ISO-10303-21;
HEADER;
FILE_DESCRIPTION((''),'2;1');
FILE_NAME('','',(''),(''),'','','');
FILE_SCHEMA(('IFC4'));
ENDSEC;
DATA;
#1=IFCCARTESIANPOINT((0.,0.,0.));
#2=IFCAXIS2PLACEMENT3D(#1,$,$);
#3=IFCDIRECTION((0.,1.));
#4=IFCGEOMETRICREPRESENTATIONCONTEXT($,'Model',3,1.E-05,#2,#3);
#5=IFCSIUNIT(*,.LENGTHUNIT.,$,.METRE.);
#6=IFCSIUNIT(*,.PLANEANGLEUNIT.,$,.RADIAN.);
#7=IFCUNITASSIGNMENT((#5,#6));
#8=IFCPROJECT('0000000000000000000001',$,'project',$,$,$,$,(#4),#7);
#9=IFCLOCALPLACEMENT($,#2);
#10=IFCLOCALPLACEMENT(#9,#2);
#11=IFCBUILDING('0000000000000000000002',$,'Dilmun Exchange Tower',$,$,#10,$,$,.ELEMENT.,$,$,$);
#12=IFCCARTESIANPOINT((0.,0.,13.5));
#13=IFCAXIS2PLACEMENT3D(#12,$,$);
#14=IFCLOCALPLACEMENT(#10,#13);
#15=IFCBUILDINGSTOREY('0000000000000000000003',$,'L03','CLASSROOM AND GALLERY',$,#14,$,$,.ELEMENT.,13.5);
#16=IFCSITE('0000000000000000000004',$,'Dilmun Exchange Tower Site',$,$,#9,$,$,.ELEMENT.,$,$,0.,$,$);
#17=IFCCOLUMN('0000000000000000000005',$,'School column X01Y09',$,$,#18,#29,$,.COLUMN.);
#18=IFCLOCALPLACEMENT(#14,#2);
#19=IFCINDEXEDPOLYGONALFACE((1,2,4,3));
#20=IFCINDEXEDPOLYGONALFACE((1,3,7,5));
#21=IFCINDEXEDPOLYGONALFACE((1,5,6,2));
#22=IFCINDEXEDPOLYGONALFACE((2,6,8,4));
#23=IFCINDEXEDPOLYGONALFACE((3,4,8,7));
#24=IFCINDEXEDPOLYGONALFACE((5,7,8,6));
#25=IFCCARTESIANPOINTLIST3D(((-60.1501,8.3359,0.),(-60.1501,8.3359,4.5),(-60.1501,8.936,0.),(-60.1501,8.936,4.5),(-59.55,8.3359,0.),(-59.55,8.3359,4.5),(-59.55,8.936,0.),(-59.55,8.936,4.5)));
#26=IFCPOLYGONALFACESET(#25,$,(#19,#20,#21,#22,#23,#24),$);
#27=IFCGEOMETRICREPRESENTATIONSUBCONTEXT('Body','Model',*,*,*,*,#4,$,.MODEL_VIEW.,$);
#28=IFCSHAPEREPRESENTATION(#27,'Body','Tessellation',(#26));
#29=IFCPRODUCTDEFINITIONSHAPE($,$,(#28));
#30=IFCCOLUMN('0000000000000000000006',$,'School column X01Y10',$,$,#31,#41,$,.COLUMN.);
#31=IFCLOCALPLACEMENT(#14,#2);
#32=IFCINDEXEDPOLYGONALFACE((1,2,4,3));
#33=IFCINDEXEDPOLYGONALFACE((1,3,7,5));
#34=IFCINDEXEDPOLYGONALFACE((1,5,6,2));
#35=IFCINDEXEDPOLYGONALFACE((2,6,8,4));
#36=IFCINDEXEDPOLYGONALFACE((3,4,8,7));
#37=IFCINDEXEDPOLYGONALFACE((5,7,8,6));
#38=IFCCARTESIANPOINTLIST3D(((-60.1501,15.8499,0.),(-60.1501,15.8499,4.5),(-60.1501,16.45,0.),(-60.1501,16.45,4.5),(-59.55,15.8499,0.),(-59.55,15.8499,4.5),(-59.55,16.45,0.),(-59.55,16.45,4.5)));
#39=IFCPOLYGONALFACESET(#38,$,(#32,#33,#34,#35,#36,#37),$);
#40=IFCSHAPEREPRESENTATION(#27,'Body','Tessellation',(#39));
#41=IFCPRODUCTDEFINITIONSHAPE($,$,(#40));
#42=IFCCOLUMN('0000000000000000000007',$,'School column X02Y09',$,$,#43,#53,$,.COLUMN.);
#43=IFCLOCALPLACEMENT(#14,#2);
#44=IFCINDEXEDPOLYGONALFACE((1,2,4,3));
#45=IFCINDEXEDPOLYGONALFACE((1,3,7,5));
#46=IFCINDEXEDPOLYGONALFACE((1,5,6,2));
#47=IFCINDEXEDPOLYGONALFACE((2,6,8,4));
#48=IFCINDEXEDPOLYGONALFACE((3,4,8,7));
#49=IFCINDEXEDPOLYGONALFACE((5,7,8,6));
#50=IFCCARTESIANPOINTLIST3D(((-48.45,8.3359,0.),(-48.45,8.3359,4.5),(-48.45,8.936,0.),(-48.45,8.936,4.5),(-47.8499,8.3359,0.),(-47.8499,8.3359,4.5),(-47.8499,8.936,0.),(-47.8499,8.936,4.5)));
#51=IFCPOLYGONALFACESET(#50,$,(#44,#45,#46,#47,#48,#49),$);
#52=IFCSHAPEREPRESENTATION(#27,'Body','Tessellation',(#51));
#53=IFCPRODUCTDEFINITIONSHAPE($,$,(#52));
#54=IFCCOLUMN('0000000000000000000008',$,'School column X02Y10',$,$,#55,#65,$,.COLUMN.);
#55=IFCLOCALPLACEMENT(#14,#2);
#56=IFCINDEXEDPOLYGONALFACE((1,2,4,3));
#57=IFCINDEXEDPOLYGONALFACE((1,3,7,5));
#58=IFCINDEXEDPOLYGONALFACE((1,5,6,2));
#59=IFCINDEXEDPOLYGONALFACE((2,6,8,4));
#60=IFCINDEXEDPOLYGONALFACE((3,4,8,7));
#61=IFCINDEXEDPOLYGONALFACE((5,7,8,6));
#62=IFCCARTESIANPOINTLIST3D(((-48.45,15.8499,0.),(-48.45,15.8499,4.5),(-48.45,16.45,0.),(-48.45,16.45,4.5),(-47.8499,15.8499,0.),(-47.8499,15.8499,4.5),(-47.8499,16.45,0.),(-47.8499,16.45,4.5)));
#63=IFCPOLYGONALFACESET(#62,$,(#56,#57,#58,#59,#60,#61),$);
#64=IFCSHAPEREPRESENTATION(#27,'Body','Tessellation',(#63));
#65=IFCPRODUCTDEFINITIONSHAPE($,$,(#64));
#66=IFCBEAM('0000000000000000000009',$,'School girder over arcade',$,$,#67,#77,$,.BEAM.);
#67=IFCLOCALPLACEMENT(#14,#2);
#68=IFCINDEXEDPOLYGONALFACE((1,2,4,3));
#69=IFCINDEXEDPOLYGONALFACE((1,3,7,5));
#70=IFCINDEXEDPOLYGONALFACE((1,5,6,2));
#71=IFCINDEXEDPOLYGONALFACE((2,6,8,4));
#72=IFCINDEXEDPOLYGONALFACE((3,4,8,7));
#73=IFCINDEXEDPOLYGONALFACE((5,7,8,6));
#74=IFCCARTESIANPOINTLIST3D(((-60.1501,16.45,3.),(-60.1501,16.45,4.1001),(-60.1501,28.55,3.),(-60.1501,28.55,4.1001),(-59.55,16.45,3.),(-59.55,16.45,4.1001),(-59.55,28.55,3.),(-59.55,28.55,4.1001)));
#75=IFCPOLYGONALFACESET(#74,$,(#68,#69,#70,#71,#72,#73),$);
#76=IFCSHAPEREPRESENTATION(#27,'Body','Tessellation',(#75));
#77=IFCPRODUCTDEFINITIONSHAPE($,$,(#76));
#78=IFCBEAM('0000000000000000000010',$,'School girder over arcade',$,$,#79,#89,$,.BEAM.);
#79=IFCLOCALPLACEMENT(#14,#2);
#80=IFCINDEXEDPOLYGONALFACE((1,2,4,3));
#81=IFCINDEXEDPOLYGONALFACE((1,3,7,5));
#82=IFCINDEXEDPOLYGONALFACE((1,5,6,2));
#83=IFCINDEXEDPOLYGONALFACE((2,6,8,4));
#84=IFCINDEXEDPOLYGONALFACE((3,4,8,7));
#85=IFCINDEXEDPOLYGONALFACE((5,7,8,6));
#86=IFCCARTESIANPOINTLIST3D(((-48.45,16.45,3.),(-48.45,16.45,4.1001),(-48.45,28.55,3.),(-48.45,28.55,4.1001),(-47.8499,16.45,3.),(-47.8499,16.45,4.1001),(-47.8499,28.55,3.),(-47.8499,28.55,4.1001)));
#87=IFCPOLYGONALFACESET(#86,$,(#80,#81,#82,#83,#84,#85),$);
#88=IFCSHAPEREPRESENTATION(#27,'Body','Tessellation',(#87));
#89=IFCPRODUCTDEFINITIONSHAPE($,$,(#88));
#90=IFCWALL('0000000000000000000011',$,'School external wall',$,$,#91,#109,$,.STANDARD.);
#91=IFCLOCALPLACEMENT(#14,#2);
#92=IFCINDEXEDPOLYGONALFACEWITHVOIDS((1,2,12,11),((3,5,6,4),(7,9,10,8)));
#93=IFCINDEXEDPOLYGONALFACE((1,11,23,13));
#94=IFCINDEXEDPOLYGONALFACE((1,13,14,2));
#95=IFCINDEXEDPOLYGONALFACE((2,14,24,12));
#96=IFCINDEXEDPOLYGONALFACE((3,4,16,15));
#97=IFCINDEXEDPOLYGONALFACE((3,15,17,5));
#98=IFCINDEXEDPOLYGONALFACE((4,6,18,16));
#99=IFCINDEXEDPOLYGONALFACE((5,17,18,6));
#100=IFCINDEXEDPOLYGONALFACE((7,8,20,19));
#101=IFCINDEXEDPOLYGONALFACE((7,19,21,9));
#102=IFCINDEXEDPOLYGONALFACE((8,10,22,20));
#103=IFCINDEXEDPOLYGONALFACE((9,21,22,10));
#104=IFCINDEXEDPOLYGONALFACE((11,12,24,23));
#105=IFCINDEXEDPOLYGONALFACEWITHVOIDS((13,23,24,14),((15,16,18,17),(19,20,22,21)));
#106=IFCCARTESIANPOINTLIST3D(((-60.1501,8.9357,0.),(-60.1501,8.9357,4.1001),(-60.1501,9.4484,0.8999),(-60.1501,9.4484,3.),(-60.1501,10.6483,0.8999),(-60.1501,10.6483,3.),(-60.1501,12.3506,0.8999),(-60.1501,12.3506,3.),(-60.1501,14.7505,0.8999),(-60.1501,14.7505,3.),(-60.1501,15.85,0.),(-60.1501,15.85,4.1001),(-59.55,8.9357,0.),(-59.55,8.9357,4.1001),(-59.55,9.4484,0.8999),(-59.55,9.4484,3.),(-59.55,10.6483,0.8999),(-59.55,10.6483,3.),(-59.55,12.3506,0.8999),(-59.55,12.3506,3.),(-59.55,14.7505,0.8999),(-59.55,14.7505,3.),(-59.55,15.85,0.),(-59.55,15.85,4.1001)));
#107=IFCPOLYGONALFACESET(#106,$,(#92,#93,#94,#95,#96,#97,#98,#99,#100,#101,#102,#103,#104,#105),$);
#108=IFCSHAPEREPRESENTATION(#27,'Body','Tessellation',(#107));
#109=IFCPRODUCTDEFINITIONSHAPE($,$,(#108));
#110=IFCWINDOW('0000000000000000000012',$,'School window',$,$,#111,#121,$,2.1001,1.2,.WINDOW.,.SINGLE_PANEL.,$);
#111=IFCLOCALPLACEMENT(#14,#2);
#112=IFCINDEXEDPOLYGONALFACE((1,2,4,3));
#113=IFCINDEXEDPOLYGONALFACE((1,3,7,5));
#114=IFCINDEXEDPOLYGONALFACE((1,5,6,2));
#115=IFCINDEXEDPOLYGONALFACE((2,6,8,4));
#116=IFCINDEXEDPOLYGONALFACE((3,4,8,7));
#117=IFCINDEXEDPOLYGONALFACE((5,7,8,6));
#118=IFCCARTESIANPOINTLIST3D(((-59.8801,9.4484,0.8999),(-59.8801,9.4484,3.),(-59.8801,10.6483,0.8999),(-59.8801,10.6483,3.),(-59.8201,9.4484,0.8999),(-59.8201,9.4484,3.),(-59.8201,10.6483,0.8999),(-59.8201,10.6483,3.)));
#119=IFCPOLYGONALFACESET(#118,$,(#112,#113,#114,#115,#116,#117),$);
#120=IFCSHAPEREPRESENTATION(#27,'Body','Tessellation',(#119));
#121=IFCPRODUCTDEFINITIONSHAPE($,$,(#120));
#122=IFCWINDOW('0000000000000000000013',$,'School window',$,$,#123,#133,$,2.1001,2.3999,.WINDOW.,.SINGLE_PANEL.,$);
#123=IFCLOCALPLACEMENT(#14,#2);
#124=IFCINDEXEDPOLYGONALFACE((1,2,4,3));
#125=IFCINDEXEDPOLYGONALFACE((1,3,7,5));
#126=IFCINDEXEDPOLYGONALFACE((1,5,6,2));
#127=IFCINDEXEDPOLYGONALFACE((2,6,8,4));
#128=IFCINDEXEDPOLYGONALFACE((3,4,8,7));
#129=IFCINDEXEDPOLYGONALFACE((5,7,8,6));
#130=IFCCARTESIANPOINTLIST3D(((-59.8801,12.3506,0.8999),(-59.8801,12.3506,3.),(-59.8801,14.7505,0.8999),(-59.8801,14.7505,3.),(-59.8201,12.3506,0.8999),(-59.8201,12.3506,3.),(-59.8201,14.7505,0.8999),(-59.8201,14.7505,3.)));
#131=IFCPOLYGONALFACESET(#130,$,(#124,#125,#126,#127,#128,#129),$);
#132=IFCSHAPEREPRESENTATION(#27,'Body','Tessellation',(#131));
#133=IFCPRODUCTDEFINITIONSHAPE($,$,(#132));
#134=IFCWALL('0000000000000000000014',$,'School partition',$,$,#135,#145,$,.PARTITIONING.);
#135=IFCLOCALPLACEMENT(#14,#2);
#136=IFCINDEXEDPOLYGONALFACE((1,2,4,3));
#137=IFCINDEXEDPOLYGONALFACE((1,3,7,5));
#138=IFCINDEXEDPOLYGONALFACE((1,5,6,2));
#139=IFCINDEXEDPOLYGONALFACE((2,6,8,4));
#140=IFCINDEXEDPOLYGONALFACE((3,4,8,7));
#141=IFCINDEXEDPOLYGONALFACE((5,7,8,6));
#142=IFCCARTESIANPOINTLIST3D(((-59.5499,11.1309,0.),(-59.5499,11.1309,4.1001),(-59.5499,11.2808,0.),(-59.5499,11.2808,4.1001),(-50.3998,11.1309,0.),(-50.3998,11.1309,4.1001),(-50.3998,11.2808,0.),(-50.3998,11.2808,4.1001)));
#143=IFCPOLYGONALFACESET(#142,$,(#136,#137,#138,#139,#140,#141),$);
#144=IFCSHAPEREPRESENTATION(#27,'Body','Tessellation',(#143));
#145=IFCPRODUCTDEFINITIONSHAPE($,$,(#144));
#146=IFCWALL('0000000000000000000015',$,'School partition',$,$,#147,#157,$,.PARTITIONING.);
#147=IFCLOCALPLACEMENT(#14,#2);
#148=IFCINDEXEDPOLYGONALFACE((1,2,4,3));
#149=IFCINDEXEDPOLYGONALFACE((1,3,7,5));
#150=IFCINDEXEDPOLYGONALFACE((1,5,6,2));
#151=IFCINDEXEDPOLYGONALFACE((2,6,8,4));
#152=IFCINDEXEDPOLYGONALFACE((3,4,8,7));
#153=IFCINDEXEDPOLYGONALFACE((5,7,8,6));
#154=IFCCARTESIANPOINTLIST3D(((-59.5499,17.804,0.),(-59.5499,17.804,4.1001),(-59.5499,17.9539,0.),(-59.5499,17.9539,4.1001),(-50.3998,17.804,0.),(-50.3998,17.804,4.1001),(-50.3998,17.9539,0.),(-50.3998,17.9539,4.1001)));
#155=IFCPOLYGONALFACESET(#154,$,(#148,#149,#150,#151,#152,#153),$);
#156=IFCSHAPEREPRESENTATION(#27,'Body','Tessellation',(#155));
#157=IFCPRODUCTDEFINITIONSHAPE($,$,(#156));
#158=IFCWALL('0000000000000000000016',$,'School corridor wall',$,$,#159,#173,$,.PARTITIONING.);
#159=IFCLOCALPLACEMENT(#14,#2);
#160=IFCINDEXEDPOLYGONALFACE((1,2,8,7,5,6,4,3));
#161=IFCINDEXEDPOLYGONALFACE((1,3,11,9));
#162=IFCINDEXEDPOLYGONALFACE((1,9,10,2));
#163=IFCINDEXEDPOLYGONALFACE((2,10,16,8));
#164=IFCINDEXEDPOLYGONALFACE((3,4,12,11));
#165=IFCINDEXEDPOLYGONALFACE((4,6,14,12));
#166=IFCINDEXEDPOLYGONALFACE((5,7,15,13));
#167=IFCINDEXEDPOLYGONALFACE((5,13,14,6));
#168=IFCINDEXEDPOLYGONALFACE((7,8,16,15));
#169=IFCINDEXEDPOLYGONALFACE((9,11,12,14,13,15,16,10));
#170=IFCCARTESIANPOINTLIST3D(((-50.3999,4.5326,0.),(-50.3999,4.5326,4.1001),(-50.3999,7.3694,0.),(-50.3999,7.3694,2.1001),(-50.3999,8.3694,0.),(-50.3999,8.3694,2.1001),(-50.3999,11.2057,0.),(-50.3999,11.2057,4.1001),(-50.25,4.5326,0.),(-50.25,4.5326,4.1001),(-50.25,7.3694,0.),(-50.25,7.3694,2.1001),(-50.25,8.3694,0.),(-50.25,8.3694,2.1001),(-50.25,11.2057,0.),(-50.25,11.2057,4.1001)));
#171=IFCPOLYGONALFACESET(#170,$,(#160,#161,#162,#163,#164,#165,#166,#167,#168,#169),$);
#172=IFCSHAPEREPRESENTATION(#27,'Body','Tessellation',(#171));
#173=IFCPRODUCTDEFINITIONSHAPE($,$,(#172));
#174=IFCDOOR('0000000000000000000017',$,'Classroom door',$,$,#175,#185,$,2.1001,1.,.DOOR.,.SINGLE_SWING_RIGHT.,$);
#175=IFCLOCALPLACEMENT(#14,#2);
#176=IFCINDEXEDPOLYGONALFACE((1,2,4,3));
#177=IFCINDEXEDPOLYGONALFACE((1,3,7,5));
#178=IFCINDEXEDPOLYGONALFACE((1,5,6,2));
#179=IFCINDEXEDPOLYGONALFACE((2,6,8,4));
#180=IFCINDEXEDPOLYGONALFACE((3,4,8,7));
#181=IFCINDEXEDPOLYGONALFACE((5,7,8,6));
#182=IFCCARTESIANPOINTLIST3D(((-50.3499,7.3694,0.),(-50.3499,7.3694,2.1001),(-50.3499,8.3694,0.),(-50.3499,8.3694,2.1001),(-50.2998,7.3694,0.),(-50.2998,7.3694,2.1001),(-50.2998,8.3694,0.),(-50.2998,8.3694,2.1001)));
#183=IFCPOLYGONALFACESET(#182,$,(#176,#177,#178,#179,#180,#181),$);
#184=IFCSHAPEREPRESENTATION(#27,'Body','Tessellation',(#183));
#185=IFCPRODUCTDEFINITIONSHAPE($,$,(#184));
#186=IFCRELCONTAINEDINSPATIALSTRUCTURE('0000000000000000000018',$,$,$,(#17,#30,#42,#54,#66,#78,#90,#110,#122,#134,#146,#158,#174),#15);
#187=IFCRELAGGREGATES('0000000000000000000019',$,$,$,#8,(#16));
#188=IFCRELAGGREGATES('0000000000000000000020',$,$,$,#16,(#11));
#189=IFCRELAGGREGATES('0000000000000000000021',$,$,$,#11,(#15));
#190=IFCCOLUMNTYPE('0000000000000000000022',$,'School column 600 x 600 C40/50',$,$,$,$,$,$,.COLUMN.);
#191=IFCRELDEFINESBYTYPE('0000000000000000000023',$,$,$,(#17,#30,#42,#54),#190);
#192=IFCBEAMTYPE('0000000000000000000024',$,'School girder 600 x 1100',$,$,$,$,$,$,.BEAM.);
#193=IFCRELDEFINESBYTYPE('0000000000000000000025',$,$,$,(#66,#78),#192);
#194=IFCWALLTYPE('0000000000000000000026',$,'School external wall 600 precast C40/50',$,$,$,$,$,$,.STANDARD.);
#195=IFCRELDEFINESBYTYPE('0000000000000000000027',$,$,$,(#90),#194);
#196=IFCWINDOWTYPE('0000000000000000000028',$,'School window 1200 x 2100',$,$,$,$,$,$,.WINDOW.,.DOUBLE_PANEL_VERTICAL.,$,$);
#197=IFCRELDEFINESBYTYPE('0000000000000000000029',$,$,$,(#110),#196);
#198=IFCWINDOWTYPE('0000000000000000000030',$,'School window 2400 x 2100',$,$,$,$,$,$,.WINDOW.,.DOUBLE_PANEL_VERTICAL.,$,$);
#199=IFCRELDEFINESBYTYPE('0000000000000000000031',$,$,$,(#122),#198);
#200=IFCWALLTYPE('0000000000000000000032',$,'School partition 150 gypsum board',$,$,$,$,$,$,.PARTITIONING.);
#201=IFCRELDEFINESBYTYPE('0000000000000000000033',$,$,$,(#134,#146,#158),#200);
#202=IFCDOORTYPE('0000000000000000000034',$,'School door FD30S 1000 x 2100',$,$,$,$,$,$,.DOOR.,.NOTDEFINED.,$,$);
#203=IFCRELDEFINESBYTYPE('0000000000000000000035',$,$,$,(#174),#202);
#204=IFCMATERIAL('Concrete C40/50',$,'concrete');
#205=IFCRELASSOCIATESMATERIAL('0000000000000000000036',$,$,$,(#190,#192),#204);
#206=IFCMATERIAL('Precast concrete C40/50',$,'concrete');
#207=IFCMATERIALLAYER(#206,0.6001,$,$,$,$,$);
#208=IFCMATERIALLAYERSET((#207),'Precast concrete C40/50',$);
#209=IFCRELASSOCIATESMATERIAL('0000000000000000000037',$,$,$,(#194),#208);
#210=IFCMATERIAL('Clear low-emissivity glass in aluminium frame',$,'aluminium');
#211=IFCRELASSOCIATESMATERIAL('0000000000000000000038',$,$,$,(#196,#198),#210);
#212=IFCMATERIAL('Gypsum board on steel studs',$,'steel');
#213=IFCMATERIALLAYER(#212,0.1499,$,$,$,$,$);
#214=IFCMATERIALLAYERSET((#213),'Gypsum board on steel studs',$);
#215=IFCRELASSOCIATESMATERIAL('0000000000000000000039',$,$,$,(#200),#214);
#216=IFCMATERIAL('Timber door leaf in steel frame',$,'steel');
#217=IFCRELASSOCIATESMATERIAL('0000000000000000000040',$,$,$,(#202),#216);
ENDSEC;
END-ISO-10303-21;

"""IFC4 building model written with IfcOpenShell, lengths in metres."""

from ifc_helpers import new_model, si_unit, direction, frame, frame_2d, origin, origin_2d, place, context, subcontext, project, spatial, rectangle, extrude, material, layer, layer_set, material_profile, profile_set, type_object, element, fill, save


model = new_model("IFC4")

# Units and contexts
model_context = context("Model", 3, precision=1e-05, world=origin(), true_north=direction((0.0, 1.0)))
body_context = subcontext(model_context, "Body", "Model", "MODEL_VIEW")
ifc_project = project(units=[si_unit("LENGTHUNIT", "METRE"), si_unit("PLANEANGLEUNIT", "RADIAN")], contexts=[model_context])

# Site, building, storey
site_placement = place(None, origin())
site = spatial("IfcSite", under=ifc_project, at=site_placement, Name="Dilmun Exchange Tower Site", CompositionType="ELEMENT", RefElevation=0.0)
building_placement = place(site_placement, origin())
building = spatial("IfcBuilding", under=site, at=building_placement, Name="Dilmun Exchange Tower", CompositionType="ELEMENT")
storey_placement = place(building_placement, frame((0.0, 0.0, 13.5)))
storey = spatial("IfcBuildingStorey", under=building, at=storey_placement, Name="L03", Description="CLASSROOM AND GALLERY", CompositionType="ELEMENT", Elevation=13.5)

# Columns
ifc_material_1 = material(Name="Concrete C40/50", Category="concrete")
ifc_material_profile_1 = material_profile(ifc_material_1, rectangle(XDim=0.6001, YDim=0.6001, at=origin_2d()), Name="600 x 600")
ifc_profile_set_1 = profile_set([ifc_material_profile_1], Name="Concrete C40/50")
column_type = type_object("IfcColumnType", Name="School column 600 x 600 C40/50", PredefinedType="COLUMN", material=ifc_profile_set_1)
for number, where, z_axis, x_axis, name in (
    (1, (-59.8501, 8.636, 0.0), (0.0, 0.0, 1.0), (1.0, 0.0, 0.0), "School column X01Y09"),
    (2, (-59.8501, 16.1499, 0.0), (0.0, 0.0, 1.0), (1.0, 0.0, 0.0), "School column X01Y10"),
    (3, (-48.1499, 8.636, 0.0), (0.0, 0.0, 1.0), (1.0, 0.0, 0.0), "School column X02Y09"),
    (4, (-48.1499, 16.1499, 0.0), (0.0, 0.0, 1.0), (1.0, 0.0, 0.0), "School column X02Y10"),
):
    element("IfcColumn", number, at=place(storey_placement, frame(where, z_axis=z_axis, x_axis=x_axis)), inside=storey, type_object=column_type, Name=name, PredefinedType="COLUMN", context=body_context, shape_type="SweptSolid", body=[
        extrude(rectangle(XDim=0.6001, YDim=0.6001, at=origin_2d()), origin(), (0.0, 0.0, 1.0), 4.5),
    ])

# Beams
ifc_material_profile_2 = material_profile(ifc_material_1, rectangle(XDim=0.6001, YDim=1.1001, at=origin_2d()), Name="600 x 1100")
ifc_profile_set_2 = profile_set([ifc_material_profile_2], Name="Concrete C40/50")
beam_type = type_object("IfcBeamType", Name="School girder 600 x 1100", PredefinedType="BEAM", material=ifc_profile_set_2)
for number, where, z_axis, x_axis, name in (
    (5, (-59.8501, 16.45, 3.55), (0.0, 1.0, 0.0), (-1.0, 0.0, 0.0), "School girder over arcade"),
    (6, (-48.1499, 16.45, 3.55), (0.0, 1.0, 0.0), (-1.0, 0.0, 0.0), "School girder over arcade"),
):
    element("IfcBeam", number, at=place(storey_placement, frame(where, z_axis=z_axis, x_axis=x_axis)), inside=storey, type_object=beam_type, Name=name, PredefinedType="BEAM", context=body_context, shape_type="SweptSolid", body=[
        extrude(rectangle(XDim=0.6001, YDim=1.1001, at=origin_2d()), origin(), (0.0, 0.0, 1.0), 12.1001),
    ])

# Wall, openings, windows
ifc_material_2 = material(Name="Precast concrete C40/50", Category="concrete")
ifc_layer_1 = layer(ifc_material_2, 0.6001)
ifc_layer_set_1 = layer_set([ifc_layer_1], Name="Precast concrete C40/50")
wall_type_1 = type_object("IfcWallType", Name="School external wall 600 precast C40/50", PredefinedType="STANDARD", material=ifc_layer_set_1)
wall_1_placement = place(storey_placement, frame((-59.8501, 8.9358, 0.0), z_axis=(0.0, 0.0, 1.0), x_axis=(0.0, 1.0, 0.0)))
wall_1 = element("IfcWall", 7, at=wall_1_placement, inside=storey, type_object=wall_type_1, Name="School external wall", PredefinedType="STANDARD", context=body_context, shape_type="SweptSolid", body=[
    extrude(rectangle(XDim=6.9143, YDim=0.6001, at=frame_2d((3.457, 0.0))), origin(), (0.0, 0.0, 1.0), 4.1001),
])
opening_1_placement = place(wall_1_placement, frame((0.5125, 0.0, 0.8999)))
opening_1 = element("IfcOpeningElement", 8, at=opening_1_placement, cuts=wall_1, PredefinedType="OPENING", context=body_context, shape_type="SweptSolid", body=[
    extrude(rectangle(XDim=1.2, YDim=2.1001, at=frame_2d((0.6001, 1.05))), frame((0.0, 0.3101, 0.0), z_axis=(0.0, -1.0, 0.0), x_axis=(1.0, 0.0, 0.0)), (0.0, 0.0, 1.0), 0.6201),
])
opening_2_placement = place(wall_1_placement, frame((3.4148, 0.0, 0.8999)))
opening_2 = element("IfcOpeningElement", 9, at=opening_2_placement, cuts=wall_1, PredefinedType="OPENING", context=body_context, shape_type="SweptSolid", body=[
    extrude(rectangle(XDim=2.3999, YDim=2.1001, at=frame_2d((1.2, 1.05))), frame((0.0, 0.3101, 0.0), z_axis=(0.0, -1.0, 0.0), x_axis=(1.0, 0.0, 0.0)), (0.0, 0.0, 1.0), 0.6201),
])
ifc_material_3 = material(Name="Clear low-emissivity glass in aluminium frame", Category="aluminium")
window_type_1 = type_object("IfcWindowType", Name="School window 1200 x 2100", PartitioningType="DOUBLE_PANEL_VERTICAL", PredefinedType="WINDOW", material=ifc_material_3)
window_1_placement = place(opening_1_placement, origin())
window_1 = element("IfcWindow", 10, at=window_1_placement, inside=storey, type_object=window_type_1, Name="School window", OverallHeight=2.1001, OverallWidth=1.2, PartitioningType="SINGLE_PANEL", PredefinedType="WINDOW", context=body_context, shape_type="SweptSolid", body=[
    extrude(rectangle(XDim=1.2, YDim=2.1001, at=frame_2d((0.6001, 1.05))), frame((0.0, 0.03, 0.0), z_axis=(0.0, -1.0, 0.0), x_axis=(1.0, 0.0, 0.0)), (0.0, 0.0, 1.0), 0.0601),
])
fill(opening_1, window_1)
window_type_2 = type_object("IfcWindowType", Name="School window 2400 x 2100", PartitioningType="DOUBLE_PANEL_VERTICAL", PredefinedType="WINDOW", material=ifc_material_3)
window_2_placement = place(opening_2_placement, origin())
window_2 = element("IfcWindow", 11, at=window_2_placement, inside=storey, type_object=window_type_2, Name="School window", OverallHeight=2.1001, OverallWidth=2.3999, PartitioningType="SINGLE_PANEL", PredefinedType="WINDOW", context=body_context, shape_type="SweptSolid", body=[
    extrude(rectangle(XDim=2.3999, YDim=2.1001, at=frame_2d((1.2, 1.05))), frame((0.0, 0.03, 0.0), z_axis=(0.0, -1.0, 0.0), x_axis=(1.0, 0.0, 0.0)), (0.0, 0.0, 1.0), 0.0601),
])
fill(opening_2, window_2)

# Walls
ifc_material_4 = material(Name="Gypsum board on steel studs", Category="steel")
ifc_layer_2 = layer(ifc_material_4, 0.1499)
ifc_layer_set_2 = layer_set([ifc_layer_2], Name="Gypsum board on steel studs")
wall_type_2 = type_object("IfcWallType", Name="School partition 150 gypsum board", PredefinedType="PARTITIONING", material=ifc_layer_set_2)
for number, where, z_axis, x_axis, name in (
    (12, (-59.55, 11.2058, 0.0), (0.0, 0.0, 1.0), (1.0, 0.0, 0.0), "School partition"),
    (13, (-59.55, 17.8789, 0.0), (0.0, 0.0, 1.0), (1.0, 0.0, 0.0), "School partition"),
):
    element("IfcWall", number, at=place(storey_placement, frame(where, z_axis=z_axis, x_axis=x_axis)), inside=storey, type_object=wall_type_2, Name=name, PredefinedType="PARTITIONING", context=body_context, shape_type="SweptSolid", body=[
        extrude(rectangle(XDim=9.1501, YDim=0.1499, at=frame_2d((4.5752, 0.0))), origin(), (0.0, 0.0, 1.0), 4.1001),
    ])

# Wall, opening, door
wall_2_placement = place(storey_placement, frame((-50.325, 4.5327, 0.0), z_axis=(0.0, 0.0, 1.0), x_axis=(0.0, 1.0, 0.0)))
wall_2 = element("IfcWall", 14, at=wall_2_placement, inside=storey, type_object=wall_type_2, Name="School corridor wall", PredefinedType="PARTITIONING", context=body_context, shape_type="SweptSolid", body=[
    extrude(rectangle(XDim=6.6731, YDim=0.1499, at=frame_2d((3.3364, 0.0))), origin(), (0.0, 0.0, 1.0), 4.1001),
])
opening_3_placement = place(wall_2_placement, frame((2.8367, 0.0, 0.0)))
opening_3 = element("IfcOpeningElement", 15, at=opening_3_placement, cuts=wall_2, PredefinedType="OPENING", context=body_context, shape_type="SweptSolid", body=[
    extrude(rectangle(XDim=1.0, YDim=2.1001, at=frame_2d((0.5, 1.05))), frame((0.0, 0.085, 0.0), z_axis=(0.0, -1.0, 0.0), x_axis=(1.0, 0.0, 0.0)), (0.0, 0.0, 1.0), 0.1699),
])
ifc_material_5 = material(Name="Timber door leaf in steel frame", Category="steel")
door_type_1 = type_object("IfcDoorType", Name="School door FD30S 1000 x 2100", OperationType="NOTDEFINED", PredefinedType="DOOR", material=ifc_material_5)
door_1_placement = place(opening_3_placement, origin())
door_1 = element("IfcDoor", 16, at=door_1_placement, inside=storey, type_object=door_type_1, Name="Classroom door", OperationType="SINGLE_SWING_RIGHT", OverallHeight=2.1001, OverallWidth=1.0, PredefinedType="DOOR", context=body_context, shape_type="SweptSolid", body=[
    extrude(rectangle(XDim=1.0, YDim=2.1001, at=frame_2d((0.5, 1.05))), frame((0.0, 0.0249, 0.0), z_axis=(0.0, -1.0, 0.0), x_axis=(1.0, 0.0, 0.0)), (0.0, 0.0, 1.0), 0.05),
])
fill(opening_3, door_1)

save(model, "model.ifc")
